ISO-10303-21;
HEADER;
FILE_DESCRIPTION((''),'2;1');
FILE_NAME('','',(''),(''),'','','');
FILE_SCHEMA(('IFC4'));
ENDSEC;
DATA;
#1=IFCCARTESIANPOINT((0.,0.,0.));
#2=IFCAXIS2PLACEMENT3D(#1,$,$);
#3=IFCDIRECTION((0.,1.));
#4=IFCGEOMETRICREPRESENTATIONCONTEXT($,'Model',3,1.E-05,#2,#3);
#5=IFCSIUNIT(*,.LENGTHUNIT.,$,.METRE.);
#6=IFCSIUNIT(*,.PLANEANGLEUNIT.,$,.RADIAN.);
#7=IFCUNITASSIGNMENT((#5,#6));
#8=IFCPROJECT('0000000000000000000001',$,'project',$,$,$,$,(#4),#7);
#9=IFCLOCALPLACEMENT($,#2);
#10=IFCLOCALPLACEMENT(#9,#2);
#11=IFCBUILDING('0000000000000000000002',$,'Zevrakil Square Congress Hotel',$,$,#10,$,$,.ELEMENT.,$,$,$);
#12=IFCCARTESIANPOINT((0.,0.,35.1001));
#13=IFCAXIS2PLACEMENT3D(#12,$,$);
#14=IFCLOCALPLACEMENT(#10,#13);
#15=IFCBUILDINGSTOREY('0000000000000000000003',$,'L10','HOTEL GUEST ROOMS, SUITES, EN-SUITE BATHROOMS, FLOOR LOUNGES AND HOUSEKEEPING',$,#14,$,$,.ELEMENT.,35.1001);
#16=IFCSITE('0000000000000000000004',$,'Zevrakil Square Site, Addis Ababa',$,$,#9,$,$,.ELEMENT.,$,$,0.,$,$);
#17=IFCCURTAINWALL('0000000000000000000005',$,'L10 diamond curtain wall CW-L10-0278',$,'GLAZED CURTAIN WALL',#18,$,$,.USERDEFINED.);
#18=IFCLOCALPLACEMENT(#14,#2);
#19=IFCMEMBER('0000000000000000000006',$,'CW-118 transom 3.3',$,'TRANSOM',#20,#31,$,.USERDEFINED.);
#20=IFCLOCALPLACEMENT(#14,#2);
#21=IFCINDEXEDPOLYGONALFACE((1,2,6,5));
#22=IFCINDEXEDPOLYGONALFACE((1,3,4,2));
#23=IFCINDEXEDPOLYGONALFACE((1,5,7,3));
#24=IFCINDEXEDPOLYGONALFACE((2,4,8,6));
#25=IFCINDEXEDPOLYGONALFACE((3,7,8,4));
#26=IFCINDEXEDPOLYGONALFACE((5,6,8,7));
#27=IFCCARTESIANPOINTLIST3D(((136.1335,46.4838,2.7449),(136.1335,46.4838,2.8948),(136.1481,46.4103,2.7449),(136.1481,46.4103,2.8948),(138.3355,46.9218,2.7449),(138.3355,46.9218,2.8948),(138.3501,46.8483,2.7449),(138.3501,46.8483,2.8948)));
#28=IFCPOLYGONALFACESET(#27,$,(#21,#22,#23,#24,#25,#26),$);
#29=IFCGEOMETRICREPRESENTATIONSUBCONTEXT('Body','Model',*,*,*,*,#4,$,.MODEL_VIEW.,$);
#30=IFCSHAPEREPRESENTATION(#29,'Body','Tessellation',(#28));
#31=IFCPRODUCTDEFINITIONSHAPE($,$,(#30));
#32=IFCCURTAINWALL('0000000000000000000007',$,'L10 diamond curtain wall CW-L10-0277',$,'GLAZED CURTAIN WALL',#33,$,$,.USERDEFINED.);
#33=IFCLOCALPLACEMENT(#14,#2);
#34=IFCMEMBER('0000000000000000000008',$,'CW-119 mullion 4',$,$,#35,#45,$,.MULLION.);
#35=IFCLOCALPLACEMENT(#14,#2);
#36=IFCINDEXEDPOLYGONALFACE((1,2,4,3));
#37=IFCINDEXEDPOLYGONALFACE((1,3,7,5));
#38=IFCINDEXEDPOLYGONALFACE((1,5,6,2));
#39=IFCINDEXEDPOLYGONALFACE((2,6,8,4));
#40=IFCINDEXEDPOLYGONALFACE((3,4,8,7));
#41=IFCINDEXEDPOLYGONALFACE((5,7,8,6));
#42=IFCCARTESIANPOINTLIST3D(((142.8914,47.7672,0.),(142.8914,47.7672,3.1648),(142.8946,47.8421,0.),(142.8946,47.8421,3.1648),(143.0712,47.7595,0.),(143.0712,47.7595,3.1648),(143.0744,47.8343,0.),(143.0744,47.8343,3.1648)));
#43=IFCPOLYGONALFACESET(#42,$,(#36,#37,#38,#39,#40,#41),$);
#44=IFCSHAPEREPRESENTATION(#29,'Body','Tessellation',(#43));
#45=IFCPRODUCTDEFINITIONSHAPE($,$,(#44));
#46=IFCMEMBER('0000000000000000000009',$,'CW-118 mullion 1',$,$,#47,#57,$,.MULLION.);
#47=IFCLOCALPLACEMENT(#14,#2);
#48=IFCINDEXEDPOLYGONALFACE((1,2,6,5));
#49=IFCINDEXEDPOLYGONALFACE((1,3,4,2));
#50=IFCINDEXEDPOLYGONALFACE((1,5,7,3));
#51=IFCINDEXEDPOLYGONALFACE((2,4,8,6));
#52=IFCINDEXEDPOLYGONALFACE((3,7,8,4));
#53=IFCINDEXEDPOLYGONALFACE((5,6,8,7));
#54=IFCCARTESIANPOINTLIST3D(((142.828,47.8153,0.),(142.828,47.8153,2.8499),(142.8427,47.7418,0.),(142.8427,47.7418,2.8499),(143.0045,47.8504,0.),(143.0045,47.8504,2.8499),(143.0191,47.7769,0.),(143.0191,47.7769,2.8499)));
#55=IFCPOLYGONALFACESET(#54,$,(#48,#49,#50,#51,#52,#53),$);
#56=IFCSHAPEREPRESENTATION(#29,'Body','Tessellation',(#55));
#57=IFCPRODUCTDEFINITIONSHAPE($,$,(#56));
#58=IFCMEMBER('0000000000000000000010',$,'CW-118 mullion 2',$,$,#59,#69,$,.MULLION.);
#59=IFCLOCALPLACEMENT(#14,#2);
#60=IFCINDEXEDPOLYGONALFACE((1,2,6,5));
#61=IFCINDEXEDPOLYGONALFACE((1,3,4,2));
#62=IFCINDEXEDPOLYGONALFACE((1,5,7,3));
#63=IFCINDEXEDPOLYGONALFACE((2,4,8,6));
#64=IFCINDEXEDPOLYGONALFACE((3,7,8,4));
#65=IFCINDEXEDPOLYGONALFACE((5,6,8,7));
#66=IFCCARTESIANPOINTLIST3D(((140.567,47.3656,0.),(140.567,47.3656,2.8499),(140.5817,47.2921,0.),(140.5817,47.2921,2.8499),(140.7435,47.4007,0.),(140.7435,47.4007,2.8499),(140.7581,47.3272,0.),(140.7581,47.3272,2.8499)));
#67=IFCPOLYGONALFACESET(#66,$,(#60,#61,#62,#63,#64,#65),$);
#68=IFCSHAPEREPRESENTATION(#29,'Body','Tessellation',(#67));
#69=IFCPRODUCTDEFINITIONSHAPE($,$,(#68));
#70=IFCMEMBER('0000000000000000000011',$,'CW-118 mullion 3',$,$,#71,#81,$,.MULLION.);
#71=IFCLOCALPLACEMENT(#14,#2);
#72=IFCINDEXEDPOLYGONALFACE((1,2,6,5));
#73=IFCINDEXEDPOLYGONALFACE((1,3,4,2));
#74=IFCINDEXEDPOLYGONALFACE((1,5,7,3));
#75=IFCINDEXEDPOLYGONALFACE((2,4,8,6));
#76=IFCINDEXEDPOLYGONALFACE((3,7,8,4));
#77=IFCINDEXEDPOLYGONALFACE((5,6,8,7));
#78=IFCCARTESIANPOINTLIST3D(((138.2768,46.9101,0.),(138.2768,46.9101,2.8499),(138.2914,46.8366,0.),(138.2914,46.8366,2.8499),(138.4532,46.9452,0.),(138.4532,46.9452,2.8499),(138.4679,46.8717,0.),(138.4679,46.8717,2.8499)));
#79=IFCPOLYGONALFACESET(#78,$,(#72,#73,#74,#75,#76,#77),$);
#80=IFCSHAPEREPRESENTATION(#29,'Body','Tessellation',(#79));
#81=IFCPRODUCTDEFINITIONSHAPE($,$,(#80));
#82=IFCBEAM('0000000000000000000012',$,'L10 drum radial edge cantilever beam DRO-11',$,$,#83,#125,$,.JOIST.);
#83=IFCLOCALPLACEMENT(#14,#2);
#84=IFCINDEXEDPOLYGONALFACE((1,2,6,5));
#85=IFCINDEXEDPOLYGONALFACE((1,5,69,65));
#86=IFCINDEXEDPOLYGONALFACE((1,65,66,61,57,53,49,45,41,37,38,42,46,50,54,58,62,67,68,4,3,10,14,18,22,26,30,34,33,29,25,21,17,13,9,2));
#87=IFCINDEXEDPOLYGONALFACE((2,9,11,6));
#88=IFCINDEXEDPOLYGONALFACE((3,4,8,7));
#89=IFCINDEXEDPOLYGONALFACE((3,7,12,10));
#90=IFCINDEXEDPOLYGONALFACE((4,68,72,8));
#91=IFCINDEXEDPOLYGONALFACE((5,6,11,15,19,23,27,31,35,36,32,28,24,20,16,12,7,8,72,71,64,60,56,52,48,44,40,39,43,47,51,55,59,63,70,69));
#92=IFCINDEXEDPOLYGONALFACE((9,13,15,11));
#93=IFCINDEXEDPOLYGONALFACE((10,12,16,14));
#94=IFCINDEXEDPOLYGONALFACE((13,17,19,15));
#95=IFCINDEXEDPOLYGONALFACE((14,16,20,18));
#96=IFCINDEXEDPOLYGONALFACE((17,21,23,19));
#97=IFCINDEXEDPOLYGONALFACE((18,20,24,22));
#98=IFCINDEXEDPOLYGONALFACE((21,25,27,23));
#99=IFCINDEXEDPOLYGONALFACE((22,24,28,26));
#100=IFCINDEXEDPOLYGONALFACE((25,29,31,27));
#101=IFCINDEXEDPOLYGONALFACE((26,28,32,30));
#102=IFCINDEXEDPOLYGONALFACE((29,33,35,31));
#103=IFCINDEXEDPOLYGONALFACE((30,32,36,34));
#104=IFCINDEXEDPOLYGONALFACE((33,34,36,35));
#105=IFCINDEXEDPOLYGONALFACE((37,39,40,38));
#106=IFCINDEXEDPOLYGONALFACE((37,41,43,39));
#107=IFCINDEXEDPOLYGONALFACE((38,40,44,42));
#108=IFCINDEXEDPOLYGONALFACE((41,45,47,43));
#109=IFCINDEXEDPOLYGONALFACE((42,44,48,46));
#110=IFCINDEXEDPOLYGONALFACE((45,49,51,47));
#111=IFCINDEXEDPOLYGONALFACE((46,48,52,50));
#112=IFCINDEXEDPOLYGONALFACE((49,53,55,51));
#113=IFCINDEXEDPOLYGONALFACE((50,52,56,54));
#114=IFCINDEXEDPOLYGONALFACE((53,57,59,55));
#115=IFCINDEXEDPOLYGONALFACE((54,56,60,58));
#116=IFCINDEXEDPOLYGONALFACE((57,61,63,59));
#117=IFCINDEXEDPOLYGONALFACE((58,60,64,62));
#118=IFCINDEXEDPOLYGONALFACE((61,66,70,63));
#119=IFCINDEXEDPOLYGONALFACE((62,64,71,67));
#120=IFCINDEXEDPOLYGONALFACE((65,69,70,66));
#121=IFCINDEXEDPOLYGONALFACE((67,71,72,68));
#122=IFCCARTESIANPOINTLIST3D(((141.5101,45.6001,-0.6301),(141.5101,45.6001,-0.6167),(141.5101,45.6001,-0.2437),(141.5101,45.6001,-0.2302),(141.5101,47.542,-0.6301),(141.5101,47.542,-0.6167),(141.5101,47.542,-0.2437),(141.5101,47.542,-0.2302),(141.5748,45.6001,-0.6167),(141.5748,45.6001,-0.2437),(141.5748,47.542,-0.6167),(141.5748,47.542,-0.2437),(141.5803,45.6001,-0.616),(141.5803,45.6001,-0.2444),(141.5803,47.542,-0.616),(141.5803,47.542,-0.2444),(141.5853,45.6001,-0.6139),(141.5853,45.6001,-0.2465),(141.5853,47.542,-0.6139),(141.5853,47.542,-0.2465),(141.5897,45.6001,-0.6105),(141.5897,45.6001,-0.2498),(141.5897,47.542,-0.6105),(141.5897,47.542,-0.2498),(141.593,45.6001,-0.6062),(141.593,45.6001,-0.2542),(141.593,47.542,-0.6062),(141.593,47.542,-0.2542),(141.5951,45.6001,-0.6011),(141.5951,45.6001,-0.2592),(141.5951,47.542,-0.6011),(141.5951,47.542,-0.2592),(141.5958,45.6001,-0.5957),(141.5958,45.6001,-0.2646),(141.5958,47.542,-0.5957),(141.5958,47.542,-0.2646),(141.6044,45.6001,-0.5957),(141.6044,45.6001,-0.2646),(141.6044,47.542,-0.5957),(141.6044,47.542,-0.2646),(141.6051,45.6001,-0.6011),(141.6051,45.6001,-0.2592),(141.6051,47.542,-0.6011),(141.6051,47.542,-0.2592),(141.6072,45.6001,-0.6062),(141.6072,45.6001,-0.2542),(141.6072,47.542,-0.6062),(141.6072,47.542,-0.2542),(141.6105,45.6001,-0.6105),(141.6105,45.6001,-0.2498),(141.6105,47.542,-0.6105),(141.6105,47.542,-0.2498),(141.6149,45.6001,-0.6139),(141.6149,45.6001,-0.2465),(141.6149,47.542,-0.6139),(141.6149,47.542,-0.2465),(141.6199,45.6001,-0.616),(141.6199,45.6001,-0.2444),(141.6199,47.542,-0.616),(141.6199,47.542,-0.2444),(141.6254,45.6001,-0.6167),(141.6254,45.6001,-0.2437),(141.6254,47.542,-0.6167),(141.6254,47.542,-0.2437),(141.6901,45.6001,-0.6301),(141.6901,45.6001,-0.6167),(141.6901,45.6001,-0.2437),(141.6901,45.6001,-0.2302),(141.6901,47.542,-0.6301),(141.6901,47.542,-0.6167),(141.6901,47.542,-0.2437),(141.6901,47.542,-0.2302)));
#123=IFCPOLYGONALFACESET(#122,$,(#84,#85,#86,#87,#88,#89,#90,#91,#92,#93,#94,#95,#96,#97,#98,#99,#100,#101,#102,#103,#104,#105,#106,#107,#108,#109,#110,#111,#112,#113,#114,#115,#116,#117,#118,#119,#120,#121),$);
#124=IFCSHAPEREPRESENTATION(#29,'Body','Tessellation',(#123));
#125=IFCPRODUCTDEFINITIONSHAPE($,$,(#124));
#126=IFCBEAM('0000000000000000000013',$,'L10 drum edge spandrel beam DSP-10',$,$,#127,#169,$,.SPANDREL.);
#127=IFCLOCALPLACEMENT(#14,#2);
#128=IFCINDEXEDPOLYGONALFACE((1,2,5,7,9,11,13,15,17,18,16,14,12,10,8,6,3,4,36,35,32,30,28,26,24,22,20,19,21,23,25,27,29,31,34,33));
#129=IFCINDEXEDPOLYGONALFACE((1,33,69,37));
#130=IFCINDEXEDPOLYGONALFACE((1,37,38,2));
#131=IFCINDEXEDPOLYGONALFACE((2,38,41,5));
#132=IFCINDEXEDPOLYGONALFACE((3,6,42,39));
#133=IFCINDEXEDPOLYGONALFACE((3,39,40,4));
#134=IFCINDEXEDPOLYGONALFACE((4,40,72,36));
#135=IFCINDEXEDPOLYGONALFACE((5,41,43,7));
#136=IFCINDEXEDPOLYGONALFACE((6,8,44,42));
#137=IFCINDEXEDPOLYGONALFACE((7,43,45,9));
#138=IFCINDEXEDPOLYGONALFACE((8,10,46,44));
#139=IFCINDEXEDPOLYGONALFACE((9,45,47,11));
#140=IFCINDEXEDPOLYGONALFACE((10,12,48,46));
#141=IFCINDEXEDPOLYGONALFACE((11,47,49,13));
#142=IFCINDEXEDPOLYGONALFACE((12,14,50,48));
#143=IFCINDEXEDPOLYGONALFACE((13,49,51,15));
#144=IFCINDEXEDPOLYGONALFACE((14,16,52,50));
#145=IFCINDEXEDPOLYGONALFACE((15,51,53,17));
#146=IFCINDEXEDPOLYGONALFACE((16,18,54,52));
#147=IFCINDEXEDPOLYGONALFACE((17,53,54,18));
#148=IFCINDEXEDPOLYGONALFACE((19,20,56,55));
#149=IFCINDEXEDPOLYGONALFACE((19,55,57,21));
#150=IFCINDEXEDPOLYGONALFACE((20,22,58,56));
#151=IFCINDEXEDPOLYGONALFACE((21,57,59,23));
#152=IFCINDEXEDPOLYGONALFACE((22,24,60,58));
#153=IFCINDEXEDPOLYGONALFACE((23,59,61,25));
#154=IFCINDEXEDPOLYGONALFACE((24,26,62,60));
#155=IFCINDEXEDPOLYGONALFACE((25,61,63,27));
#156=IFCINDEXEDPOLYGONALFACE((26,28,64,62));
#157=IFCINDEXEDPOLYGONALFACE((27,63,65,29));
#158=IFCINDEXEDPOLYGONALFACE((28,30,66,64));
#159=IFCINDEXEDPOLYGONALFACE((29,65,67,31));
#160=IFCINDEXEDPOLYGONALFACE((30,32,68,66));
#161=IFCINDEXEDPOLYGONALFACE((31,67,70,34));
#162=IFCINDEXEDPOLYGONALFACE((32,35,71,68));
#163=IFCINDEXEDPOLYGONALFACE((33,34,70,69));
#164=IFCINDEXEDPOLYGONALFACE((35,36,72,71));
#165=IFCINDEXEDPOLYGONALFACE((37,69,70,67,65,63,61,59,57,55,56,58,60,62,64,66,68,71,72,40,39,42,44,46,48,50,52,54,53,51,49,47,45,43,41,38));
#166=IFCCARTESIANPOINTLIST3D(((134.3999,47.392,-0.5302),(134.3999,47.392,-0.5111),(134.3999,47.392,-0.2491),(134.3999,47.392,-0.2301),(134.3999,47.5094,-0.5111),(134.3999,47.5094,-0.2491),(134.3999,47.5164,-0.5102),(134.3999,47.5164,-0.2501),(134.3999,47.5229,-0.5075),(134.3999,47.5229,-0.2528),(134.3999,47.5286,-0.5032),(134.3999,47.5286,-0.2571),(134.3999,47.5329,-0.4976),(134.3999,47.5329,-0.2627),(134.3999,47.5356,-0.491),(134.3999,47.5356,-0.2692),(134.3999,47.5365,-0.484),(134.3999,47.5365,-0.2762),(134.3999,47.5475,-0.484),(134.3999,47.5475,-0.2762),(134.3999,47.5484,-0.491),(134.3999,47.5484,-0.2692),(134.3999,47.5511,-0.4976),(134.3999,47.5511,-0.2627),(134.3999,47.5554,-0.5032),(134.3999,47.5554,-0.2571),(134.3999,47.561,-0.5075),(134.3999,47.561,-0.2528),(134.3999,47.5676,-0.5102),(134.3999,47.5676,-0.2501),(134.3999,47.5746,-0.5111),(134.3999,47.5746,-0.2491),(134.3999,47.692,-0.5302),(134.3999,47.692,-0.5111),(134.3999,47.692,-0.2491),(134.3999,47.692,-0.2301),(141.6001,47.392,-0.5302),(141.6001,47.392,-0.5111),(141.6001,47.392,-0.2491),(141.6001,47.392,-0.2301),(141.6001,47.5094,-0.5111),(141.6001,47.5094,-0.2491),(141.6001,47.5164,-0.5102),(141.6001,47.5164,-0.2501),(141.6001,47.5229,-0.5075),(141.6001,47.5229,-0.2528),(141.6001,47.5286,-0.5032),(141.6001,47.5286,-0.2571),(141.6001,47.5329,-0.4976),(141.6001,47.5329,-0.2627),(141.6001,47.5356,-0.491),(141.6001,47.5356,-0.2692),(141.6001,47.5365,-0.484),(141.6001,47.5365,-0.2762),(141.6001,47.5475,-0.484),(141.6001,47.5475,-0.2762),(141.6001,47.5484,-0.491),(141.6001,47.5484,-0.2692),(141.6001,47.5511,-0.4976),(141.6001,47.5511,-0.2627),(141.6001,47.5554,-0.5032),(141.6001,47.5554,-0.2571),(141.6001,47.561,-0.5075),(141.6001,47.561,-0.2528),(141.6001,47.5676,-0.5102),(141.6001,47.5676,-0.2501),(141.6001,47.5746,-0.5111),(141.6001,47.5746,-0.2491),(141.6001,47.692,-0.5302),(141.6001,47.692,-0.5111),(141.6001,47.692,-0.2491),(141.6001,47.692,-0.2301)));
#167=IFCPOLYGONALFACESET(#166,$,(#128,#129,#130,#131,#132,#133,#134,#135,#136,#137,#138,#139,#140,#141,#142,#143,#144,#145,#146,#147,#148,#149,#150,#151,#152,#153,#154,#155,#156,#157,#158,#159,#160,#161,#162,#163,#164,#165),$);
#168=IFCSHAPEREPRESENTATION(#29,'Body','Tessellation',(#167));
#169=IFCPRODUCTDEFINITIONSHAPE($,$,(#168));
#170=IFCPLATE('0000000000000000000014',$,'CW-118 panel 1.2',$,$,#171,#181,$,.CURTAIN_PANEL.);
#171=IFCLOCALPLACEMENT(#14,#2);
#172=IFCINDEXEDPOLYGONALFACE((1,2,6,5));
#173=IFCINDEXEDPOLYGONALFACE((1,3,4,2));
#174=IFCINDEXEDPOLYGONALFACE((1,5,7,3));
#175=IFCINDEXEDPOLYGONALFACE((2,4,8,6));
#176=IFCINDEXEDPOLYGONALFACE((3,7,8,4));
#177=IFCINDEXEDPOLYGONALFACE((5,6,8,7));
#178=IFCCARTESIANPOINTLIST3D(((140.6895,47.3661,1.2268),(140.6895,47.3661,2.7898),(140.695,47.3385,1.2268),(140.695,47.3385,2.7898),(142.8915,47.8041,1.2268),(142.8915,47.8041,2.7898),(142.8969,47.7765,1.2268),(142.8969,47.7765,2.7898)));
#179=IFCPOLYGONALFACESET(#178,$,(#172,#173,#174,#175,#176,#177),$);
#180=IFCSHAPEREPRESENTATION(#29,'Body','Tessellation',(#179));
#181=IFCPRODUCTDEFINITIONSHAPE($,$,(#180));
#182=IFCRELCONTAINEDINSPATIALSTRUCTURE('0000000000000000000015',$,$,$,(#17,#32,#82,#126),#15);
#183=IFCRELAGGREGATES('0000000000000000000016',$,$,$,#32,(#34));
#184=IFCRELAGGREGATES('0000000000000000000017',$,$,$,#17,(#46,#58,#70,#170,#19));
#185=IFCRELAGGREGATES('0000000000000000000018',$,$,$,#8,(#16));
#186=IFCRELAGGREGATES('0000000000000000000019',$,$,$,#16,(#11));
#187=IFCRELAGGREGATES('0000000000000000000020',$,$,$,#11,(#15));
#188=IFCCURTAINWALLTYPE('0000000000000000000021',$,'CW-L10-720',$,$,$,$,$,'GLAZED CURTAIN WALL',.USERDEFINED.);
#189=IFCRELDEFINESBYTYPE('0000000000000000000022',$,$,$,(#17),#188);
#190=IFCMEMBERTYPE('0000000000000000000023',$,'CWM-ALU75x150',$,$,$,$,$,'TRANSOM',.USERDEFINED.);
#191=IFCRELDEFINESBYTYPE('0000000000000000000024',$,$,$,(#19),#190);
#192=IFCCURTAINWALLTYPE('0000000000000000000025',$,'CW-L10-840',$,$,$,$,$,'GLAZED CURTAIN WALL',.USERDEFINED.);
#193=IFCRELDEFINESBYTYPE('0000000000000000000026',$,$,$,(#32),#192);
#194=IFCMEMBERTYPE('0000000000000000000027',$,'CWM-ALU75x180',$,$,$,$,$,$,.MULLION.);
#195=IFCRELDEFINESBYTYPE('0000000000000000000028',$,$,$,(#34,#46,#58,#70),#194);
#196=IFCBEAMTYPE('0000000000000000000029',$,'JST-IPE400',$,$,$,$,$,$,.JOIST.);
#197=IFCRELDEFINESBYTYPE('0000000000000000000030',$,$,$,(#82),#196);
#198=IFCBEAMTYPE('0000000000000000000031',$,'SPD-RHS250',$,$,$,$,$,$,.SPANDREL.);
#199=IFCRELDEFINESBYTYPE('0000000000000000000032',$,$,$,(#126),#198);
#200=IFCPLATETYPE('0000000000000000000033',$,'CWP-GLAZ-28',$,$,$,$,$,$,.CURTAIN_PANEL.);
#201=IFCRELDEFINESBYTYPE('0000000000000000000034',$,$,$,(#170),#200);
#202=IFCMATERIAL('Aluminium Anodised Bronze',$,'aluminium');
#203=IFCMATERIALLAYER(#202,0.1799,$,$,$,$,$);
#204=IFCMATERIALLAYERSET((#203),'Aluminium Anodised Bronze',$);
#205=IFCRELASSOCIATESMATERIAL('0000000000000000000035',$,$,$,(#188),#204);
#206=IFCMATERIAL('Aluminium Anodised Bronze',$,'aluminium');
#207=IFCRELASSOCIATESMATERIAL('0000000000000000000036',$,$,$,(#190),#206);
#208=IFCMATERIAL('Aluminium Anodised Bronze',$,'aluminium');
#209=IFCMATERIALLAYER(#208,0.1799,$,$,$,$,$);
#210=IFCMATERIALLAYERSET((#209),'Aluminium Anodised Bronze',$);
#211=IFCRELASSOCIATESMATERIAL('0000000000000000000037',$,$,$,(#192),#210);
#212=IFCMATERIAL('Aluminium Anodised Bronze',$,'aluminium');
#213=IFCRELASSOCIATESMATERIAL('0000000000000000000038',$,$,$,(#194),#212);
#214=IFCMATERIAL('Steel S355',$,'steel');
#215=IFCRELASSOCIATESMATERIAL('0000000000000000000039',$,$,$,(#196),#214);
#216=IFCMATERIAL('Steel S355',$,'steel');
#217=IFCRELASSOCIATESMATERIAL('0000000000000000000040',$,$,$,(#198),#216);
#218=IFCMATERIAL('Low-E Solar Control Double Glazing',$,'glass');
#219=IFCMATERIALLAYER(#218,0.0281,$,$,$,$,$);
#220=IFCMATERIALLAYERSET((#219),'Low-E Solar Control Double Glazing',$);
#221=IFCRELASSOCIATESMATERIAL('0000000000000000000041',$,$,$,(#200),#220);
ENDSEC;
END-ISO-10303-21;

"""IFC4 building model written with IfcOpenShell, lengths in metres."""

from ifc_helpers import new_model, si_unit, direction, frame, origin, origin_2d, place, context, subcontext, project, spatial, rectangle, i_section, extrude, material, layer, layer_set, material_profile, profile_set, type_object, element, aggregate, save


model = new_model("IFC4")

# Units and contexts
model_context = context("Model", 3, precision=1e-05, world=origin(), true_north=direction((0.0, 1.0)))
body_context = subcontext(model_context, "Body", "Model", "MODEL_VIEW")
ifc_project = project(units=[si_unit("LENGTHUNIT", "METRE"), si_unit("PLANEANGLEUNIT", "RADIAN")], contexts=[model_context])

# Site, building, storey
site_placement = place(None, origin())
site = spatial("IfcSite", under=ifc_project, at=site_placement, Name="Zevrakil Square Site, Addis Ababa", CompositionType="ELEMENT", RefElevation=0.0)
building_placement = place(site_placement, origin())
building = spatial("IfcBuilding", under=site, at=building_placement, Name="Zevrakil Square Congress Hotel", CompositionType="ELEMENT")
storey_placement = place(building_placement, frame((0.0, 0.0, 35.1001)))
storey = spatial("IfcBuildingStorey", under=building, at=storey_placement, Name="L10", Description="HOTEL GUEST ROOMS, SUITES, EN-SUITE BATHROOMS, FLOOR LOUNGES AND HOUSEKEEPING", CompositionType="ELEMENT", Elevation=35.1001)

# Curtain wall, member
ifc_material_1 = material(Name="Aluminium Anodised Bronze", Category="aluminium")
ifc_layer_1 = layer(ifc_material_1, 0.1799)
ifc_layer_set_1 = layer_set([ifc_layer_1], Name="Aluminium Anodised Bronze")
curtain_wall_type_1 = type_object("IfcCurtainWallType", Name="CW-L10-720", ElementType="GLAZED CURTAIN WALL", PredefinedType="USERDEFINED", material=ifc_layer_set_1)
curtain_wall_1_placement = place(storey_placement, origin())
curtain_wall_1 = element("IfcCurtainWall", 1, at=curtain_wall_1_placement, inside=storey, type_object=curtain_wall_type_1, Name="L10 diamond curtain wall CW-L10-0278", ObjectType="GLAZED CURTAIN WALL", PredefinedType="USERDEFINED")
ifc_material_2 = material(Name="Aluminium Anodised Bronze", Category="aluminium")
ifc_material_profile_1 = material_profile(ifc_material_2, rectangle(XDim=0.075, YDim=0.1499, at=origin_2d()), Name="ALU 75x150")
ifc_profile_set_1 = profile_set([ifc_material_profile_1], Name="Aluminium Anodised Bronze")
member_type_1 = type_object("IfcMemberType", Name="CWM-ALU75x150", ElementType="TRANSOM", PredefinedType="USERDEFINED", material=ifc_profile_set_1)
member_1_placement = place(storey_placement, frame((138.3428, 46.885, 2.8198), z_axis=(-0.980785, -0.195091, 0.0), x_axis=(0.195091, -0.980785, 0.0)))
member_1 = element("IfcMember", 2, at=member_1_placement, type_object=member_type_1, Name="CW-118 transom 3.3", ObjectType="TRANSOM", PredefinedType="USERDEFINED", context=body_context, shape_type="SweptSolid", body=[
    extrude(rectangle(XDim=0.075, YDim=0.1499, at=origin_2d()), origin(), (0.0, 0.0, 1.0), 2.2451),
])

# Curtain wall, member
ifc_material_3 = material(Name="Aluminium Anodised Bronze", Category="aluminium")
ifc_layer_2 = layer(ifc_material_3, 0.1799)
ifc_layer_set_2 = layer_set([ifc_layer_2], Name="Aluminium Anodised Bronze")
curtain_wall_type_2 = type_object("IfcCurtainWallType", Name="CW-L10-840", ElementType="GLAZED CURTAIN WALL", PredefinedType="USERDEFINED", material=ifc_layer_set_2)
curtain_wall_2_placement = place(storey_placement, origin())
curtain_wall_2 = element("IfcCurtainWall", 3, at=curtain_wall_2_placement, inside=storey, type_object=curtain_wall_type_2, Name="L10 diamond curtain wall CW-L10-0277", ObjectType="GLAZED CURTAIN WALL", PredefinedType="USERDEFINED")
ifc_material_4 = material(Name="Aluminium Anodised Bronze", Category="aluminium")
ifc_material_profile_2 = material_profile(ifc_material_4, rectangle(XDim=0.075, YDim=0.1799, at=origin_2d()), Name="ALU 75x180")
ifc_profile_set_2 = profile_set([ifc_material_profile_2], Name="Aluminium Anodised Bronze")
member_type_2 = type_object("IfcMemberType", Name="CWM-ALU75x180", PredefinedType="MULLION", material=ifc_profile_set_2)
member_2_placement = place(storey_placement, frame((142.9829, 47.8008, 0.0), z_axis=(0.0, 0.0, 1.0), x_axis=(-0.043102, -0.999071, 0.0)))
member_2 = element("IfcMember", 4, at=member_2_placement, type_object=member_type_2, Name="CW-119 mullion 4", PredefinedType="MULLION", context=body_context, shape_type="SweptSolid", body=[
    extrude(rectangle(XDim=0.075, YDim=0.1799, at=origin_2d()), origin(), (0.0, 0.0, 1.0), 3.1648),
])
aggregate(curtain_wall_2, [member_2])

# Members
member_3_placement = place(storey_placement, frame((142.9236, 47.7961, 0.0), z_axis=(0.0, 0.0, 1.0), x_axis=(0.195084, -0.980787, 0.0)))
member_3 = element("IfcMember", 5, at=member_3_placement, type_object=member_type_2, Name="CW-118 mullion 1", PredefinedType="MULLION", context=body_context, shape_type="SweptSolid", body=[
    extrude(rectangle(XDim=0.075, YDim=0.1799, at=origin_2d()), origin(), (0.0, 0.0, 1.0), 2.8499),
])
member_4_placement = place(storey_placement, frame((140.6626, 47.3464, 0.0), z_axis=(0.0, 0.0, 1.0), x_axis=(0.195084, -0.980787, 0.0)))
member_4 = element("IfcMember", 6, at=member_4_placement, type_object=member_type_2, Name="CW-118 mullion 2", PredefinedType="MULLION", context=body_context, shape_type="SweptSolid", body=[
    extrude(rectangle(XDim=0.075, YDim=0.1799, at=origin_2d()), origin(), (0.0, 0.0, 1.0), 2.8499),
])
member_5_placement = place(storey_placement, frame((138.3723, 46.8909, 0.0), z_axis=(0.0, 0.0, 1.0), x_axis=(0.195084, -0.980787, 0.0)))
member_5 = element("IfcMember", 7, at=member_5_placement, type_object=member_type_2, Name="CW-118 mullion 3", PredefinedType="MULLION", context=body_context, shape_type="SweptSolid", body=[
    extrude(rectangle(XDim=0.075, YDim=0.1799, at=origin_2d()), origin(), (0.0, 0.0, 1.0), 2.8499),
])

# Beams
ifc_material_5 = material(Name="Steel S355", Category="steel")
ifc_material_profile_3 = material_profile(ifc_material_5, i_section(OverallWidth=0.1799, OverallDepth=0.3999, WebThickness=0.0085, FlangeThickness=0.0134, FilletRadius=0.021, at=origin_2d()), Name="IPE 400")
ifc_profile_set_3 = profile_set([ifc_material_profile_3], Name="Steel S355")
beam_type_1 = type_object("IfcBeamType", Name="JST-IPE400", PredefinedType="JOIST", material=ifc_profile_set_3)
beam_1_placement = place(storey_placement, frame((141.6001, 45.6001, -0.4302), z_axis=(0.0, 1.0, 0.0), x_axis=(-1.0, 0.0, 0.0)))
element("IfcBeam", 8, at=beam_1_placement, inside=storey, type_object=beam_type_1, Name="L10 drum radial edge cantilever beam DRO-11", PredefinedType="JOIST", context=body_context, shape_type="SweptSolid", body=[
    extrude(i_section(OverallWidth=0.1799, OverallDepth=0.3999, WebThickness=0.0085, FlangeThickness=0.0134, FilletRadius=0.021, at=origin_2d()), origin(), (0.0, 0.0, 1.0), 1.9419),
])
ifc_material_6 = material(Name="Steel S355", Category="steel")
ifc_material_profile_4 = material_profile(ifc_material_6, i_section(OverallWidth=0.3, OverallDepth=0.3, WebThickness=0.011, FlangeThickness=0.019, FilletRadius=0.0271, at=origin_2d()), Name="HEB 300")
ifc_profile_set_4 = profile_set([ifc_material_profile_4], Name="Steel S355")
beam_type_2 = type_object("IfcBeamType", Name="SPD-RHS250", PredefinedType="SPANDREL", material=ifc_profile_set_4)
beam_2_placement = place(storey_placement, frame((141.6001, 47.542, -0.3801), z_axis=(-1.0, 0.0, 0.0), x_axis=(0.0, -1.0, 0.0)))
element("IfcBeam", 9, at=beam_2_placement, inside=storey, type_object=beam_type_2, Name="L10 drum edge spandrel beam DSP-10", PredefinedType="SPANDREL", context=body_context, shape_type="SweptSolid", body=[
    extrude(i_section(OverallWidth=0.3, OverallDepth=0.3, WebThickness=0.011, FlangeThickness=0.019, FilletRadius=0.0271, at=origin_2d()), origin(), (0.0, 0.0, 1.0), 7.2002),
])

# Plate
ifc_material_7 = material(Name="Low-E Solar Control Double Glazing", Category="glass")
ifc_layer_3 = layer(ifc_material_7, 0.0281)
ifc_layer_set_3 = layer_set([ifc_layer_3], Name="Low-E Solar Control Double Glazing")
plate_type_1 = type_object("IfcPlateType", Name="CWP-GLAZ-28", PredefinedType="CURTAIN_PANEL", material=ifc_layer_set_3)
plate_1_placement = place(storey_placement, frame((141.7932, 47.5713, 1.2268), z_axis=(0.0, 0.0, 1.0), x_axis=(-0.980787, -0.195084, 0.0)))
plate_1 = element("IfcPlate", 10, at=plate_1_placement, type_object=plate_type_1, Name="CW-118 panel 1.2", PredefinedType="CURTAIN_PANEL", context=body_context, shape_type="SweptSolid", body=[
    extrude(rectangle(XDim=2.2451, YDim=0.0281, at=origin_2d()), origin(), (0.0, 0.0, 1.0), 1.563),
])
aggregate(curtain_wall_1, [member_3, member_4, member_5, plate_1, member_1])

save(model, "model.ifc")
